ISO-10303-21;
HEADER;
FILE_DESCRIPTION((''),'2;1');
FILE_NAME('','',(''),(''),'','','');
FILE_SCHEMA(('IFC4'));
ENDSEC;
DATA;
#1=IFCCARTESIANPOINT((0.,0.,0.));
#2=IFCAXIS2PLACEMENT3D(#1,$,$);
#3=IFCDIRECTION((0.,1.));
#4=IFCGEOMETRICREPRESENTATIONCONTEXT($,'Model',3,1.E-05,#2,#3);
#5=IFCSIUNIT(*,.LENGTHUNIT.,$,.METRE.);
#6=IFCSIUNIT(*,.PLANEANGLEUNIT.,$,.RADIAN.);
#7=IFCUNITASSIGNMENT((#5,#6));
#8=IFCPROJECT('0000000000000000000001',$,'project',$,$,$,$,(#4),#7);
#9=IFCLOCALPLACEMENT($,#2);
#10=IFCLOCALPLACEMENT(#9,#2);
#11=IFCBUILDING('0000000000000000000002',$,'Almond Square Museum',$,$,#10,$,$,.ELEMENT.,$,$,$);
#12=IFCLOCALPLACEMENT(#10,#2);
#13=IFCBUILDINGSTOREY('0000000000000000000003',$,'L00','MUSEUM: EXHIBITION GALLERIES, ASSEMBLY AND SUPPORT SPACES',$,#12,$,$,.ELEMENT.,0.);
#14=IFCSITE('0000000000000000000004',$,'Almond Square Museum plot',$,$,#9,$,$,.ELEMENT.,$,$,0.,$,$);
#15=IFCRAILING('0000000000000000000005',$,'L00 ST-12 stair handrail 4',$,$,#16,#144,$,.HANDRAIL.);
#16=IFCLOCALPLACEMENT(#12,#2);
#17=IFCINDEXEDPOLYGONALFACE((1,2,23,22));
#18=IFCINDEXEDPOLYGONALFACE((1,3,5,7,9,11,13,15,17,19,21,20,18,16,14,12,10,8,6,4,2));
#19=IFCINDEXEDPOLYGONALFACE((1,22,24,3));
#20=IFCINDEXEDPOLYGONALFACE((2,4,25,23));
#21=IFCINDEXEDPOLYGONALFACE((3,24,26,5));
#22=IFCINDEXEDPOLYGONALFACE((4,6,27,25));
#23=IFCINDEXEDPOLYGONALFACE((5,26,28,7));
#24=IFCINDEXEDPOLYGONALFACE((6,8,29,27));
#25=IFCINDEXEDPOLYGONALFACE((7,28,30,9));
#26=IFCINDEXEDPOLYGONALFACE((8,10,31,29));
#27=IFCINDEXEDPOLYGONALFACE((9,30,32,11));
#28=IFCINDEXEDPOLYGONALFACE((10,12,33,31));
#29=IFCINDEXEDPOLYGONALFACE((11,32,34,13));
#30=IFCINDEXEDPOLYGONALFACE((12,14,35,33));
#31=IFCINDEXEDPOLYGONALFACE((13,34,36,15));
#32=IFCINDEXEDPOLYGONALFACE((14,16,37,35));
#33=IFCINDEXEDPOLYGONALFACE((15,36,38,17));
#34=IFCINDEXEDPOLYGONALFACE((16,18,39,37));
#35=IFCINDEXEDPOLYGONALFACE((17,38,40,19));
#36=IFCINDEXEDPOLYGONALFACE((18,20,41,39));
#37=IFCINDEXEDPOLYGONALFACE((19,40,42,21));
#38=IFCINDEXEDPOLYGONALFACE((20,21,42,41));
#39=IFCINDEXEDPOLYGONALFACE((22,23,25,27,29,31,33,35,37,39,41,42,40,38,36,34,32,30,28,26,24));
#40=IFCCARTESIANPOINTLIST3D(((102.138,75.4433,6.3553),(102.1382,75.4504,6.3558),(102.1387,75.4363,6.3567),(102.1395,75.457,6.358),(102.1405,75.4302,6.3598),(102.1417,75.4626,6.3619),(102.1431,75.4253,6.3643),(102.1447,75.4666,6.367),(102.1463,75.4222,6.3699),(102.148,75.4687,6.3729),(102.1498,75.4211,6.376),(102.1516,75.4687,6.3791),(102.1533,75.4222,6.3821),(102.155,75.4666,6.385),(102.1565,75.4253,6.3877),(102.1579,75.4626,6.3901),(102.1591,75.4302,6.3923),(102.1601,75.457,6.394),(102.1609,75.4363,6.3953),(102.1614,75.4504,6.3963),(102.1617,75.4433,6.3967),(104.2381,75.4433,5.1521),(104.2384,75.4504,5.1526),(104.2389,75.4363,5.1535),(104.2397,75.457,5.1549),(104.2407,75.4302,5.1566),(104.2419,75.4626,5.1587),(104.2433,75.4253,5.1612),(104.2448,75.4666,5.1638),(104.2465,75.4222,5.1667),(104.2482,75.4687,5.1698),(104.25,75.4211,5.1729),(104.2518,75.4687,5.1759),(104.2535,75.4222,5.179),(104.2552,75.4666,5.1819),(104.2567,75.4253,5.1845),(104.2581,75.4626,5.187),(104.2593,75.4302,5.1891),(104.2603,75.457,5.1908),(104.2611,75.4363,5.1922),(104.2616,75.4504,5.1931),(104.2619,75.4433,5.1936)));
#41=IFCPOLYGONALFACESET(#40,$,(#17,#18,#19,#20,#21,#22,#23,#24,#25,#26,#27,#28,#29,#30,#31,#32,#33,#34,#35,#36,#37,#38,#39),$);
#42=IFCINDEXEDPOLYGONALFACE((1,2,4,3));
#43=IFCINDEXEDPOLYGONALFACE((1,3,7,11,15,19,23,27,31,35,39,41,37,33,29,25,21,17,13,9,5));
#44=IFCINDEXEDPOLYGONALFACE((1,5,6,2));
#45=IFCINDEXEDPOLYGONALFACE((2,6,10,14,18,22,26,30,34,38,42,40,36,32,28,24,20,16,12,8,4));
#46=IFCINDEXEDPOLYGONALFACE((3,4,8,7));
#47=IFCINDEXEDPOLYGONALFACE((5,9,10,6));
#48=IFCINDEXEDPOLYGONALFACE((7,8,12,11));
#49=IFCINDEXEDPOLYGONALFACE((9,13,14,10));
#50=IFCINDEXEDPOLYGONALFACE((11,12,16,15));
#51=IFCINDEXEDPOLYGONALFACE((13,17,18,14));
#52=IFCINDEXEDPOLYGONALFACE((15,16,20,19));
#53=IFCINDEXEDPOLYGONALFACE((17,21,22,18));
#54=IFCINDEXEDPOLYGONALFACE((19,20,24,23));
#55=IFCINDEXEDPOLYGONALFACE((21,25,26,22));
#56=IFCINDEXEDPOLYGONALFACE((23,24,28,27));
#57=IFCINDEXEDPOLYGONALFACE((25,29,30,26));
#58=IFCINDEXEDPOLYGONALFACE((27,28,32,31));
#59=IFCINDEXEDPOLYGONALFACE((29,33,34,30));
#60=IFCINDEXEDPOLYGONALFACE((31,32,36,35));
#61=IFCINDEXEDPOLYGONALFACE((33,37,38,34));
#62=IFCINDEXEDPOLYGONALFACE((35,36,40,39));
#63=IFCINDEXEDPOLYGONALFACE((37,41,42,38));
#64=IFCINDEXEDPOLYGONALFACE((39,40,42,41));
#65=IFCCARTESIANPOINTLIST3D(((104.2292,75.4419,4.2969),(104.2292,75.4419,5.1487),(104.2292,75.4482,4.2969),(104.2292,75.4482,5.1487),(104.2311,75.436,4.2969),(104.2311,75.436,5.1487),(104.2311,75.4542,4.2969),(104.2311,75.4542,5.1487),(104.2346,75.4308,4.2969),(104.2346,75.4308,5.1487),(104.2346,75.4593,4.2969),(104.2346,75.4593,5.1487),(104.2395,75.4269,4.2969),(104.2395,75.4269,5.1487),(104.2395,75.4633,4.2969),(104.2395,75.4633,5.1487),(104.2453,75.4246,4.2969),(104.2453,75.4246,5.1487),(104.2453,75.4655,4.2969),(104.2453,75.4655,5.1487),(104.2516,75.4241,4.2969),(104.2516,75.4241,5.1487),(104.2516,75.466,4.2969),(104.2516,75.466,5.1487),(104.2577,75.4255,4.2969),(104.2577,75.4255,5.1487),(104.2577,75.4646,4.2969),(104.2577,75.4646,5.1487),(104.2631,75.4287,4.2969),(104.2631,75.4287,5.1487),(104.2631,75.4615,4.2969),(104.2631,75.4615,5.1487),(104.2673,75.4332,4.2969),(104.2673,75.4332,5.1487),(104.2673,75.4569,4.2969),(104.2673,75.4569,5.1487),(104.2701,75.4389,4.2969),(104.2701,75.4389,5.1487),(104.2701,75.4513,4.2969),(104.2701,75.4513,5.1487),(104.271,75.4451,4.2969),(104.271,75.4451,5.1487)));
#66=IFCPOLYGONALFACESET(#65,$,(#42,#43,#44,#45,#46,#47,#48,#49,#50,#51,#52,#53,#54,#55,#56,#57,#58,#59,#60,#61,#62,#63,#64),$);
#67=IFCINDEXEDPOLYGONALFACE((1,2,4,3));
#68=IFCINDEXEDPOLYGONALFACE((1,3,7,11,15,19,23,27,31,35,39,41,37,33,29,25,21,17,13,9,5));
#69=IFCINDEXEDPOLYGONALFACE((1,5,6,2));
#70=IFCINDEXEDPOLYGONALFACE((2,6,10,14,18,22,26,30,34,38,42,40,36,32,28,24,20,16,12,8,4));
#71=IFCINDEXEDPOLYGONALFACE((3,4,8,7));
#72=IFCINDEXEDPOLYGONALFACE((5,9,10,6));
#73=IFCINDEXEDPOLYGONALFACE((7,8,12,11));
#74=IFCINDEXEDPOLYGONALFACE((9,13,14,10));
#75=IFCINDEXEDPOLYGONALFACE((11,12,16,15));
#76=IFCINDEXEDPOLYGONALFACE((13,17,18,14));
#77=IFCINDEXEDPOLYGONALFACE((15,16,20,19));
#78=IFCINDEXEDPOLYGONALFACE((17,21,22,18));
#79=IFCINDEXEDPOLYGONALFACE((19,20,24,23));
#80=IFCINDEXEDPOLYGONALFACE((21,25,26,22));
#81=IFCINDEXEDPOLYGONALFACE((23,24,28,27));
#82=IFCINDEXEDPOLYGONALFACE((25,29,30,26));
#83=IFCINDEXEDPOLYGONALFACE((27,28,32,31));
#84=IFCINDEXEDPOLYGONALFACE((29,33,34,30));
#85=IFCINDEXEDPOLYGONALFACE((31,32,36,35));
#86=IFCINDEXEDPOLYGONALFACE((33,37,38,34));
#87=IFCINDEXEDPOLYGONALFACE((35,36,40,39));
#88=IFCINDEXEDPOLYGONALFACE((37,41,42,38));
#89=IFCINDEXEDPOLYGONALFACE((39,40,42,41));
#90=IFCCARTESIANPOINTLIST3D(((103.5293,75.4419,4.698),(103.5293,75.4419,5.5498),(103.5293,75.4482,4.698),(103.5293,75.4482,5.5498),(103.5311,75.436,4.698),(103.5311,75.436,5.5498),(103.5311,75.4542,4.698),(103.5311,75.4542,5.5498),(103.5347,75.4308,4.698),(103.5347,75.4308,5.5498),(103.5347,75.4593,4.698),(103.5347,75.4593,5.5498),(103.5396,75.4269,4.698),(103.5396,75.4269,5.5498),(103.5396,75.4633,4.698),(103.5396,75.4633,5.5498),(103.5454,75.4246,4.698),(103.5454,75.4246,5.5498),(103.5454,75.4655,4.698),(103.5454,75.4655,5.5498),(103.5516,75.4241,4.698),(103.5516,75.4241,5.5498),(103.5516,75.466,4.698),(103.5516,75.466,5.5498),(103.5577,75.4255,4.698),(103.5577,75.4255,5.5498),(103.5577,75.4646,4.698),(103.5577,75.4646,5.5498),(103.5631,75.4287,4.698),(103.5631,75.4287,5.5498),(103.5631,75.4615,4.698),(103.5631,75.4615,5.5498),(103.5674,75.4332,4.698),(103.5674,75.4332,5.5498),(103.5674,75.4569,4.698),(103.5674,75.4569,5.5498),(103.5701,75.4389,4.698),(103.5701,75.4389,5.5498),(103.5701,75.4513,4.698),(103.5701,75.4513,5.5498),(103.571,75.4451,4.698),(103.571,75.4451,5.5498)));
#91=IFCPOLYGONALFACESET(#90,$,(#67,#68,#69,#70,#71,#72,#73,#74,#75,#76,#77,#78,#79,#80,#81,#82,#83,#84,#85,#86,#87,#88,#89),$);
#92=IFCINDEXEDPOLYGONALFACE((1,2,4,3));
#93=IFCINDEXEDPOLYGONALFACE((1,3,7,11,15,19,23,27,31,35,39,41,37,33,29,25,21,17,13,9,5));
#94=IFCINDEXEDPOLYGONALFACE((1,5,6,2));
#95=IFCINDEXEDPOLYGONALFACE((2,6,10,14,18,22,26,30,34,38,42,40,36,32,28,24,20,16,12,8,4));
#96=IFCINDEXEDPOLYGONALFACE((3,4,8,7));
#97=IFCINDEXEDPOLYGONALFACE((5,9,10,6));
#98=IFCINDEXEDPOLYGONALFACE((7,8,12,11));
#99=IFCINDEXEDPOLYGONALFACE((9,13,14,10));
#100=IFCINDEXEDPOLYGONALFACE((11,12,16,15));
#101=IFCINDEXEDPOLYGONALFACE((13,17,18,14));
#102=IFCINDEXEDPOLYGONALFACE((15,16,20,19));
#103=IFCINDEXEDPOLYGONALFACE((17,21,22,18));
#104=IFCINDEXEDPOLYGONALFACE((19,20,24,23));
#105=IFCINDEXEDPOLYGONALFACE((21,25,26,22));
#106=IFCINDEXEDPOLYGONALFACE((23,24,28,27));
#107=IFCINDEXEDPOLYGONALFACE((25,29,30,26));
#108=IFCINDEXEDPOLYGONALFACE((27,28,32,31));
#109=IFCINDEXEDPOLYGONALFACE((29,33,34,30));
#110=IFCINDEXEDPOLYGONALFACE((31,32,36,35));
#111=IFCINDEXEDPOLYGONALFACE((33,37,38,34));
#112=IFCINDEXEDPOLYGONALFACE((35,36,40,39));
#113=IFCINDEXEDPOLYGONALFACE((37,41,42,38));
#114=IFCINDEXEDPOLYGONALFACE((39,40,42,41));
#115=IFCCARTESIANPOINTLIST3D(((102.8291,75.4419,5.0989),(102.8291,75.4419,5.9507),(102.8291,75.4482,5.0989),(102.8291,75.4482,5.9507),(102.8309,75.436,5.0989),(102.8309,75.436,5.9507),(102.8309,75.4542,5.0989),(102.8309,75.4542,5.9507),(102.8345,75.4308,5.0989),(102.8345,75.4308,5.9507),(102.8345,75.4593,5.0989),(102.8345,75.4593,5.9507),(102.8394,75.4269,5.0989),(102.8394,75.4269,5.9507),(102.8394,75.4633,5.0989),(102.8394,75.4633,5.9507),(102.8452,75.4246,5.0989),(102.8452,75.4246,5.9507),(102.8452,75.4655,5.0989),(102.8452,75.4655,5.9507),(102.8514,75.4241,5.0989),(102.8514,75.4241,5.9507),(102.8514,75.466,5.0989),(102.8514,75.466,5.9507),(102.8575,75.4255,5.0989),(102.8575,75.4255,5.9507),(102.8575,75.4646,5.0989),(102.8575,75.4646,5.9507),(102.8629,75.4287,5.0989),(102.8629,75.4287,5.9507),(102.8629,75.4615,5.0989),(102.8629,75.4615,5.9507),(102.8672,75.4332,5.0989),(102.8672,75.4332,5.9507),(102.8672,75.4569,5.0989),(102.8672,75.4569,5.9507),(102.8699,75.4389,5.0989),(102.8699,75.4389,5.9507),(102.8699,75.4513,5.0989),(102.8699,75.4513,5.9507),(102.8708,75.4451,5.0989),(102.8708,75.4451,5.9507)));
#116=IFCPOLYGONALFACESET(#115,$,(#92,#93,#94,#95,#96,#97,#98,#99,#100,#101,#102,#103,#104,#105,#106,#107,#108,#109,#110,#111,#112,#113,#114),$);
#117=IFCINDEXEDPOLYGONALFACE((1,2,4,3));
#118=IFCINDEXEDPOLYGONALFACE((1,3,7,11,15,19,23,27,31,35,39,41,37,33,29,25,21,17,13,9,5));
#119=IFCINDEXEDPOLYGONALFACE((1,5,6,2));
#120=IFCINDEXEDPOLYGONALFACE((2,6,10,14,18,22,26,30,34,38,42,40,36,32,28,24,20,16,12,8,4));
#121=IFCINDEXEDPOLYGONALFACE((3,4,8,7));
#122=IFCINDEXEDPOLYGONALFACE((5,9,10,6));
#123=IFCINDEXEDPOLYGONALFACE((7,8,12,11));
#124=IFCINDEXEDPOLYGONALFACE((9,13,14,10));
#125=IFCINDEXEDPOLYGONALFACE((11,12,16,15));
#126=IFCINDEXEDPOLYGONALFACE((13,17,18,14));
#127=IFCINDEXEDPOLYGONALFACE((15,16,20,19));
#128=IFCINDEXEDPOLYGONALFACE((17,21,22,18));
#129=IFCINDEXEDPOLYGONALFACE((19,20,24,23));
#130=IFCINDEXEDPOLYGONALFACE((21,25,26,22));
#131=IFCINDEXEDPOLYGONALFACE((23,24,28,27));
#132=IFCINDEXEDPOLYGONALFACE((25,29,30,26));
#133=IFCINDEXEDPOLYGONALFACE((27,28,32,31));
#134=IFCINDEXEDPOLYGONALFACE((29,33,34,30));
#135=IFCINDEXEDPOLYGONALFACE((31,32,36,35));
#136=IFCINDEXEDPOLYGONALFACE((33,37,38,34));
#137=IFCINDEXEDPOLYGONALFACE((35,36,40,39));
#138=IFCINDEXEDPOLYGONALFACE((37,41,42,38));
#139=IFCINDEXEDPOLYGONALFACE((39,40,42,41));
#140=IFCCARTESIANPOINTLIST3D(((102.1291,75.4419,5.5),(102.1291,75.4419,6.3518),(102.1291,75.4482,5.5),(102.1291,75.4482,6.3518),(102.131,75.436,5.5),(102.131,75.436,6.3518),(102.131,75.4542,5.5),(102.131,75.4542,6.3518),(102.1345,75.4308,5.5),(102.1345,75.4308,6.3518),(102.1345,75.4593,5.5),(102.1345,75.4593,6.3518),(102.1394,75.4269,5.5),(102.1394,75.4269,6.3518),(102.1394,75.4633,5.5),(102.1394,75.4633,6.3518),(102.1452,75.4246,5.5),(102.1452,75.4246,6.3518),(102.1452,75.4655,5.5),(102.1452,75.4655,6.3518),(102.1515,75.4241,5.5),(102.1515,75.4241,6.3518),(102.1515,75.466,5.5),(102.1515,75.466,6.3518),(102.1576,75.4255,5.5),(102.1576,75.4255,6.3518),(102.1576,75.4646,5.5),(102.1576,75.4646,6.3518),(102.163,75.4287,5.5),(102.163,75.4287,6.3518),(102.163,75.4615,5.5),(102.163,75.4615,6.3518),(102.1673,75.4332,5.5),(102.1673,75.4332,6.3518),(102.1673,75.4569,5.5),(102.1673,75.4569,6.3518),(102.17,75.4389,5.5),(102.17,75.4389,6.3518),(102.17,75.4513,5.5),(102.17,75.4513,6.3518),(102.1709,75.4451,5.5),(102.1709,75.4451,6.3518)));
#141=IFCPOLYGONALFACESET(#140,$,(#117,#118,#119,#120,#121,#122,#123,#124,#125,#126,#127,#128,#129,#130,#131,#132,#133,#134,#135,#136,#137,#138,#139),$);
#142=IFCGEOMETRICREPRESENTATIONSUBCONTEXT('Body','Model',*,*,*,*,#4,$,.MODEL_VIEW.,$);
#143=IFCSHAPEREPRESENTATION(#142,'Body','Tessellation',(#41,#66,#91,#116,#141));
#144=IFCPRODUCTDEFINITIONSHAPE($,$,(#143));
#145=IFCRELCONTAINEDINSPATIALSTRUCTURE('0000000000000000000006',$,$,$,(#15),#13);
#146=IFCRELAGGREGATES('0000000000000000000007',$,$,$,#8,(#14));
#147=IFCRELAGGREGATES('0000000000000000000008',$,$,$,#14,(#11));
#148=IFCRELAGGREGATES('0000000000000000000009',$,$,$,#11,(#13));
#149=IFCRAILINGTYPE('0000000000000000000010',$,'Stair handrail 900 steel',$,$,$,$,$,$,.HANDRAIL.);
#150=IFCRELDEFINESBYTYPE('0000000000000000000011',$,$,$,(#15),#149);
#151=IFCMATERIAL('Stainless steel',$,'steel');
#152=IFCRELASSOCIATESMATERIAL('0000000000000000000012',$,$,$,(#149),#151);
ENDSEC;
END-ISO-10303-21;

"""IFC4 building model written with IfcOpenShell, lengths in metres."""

from ifc_helpers import new_model, si_unit, direction, frame, origin, origin_2d, place, context, subcontext, project, spatial, circle, extrude, material, type_object, element, save


model = new_model("IFC4")

# Units and contexts
model_context = context("Model", 3, precision=1e-05, world=origin(), true_north=direction((0.0, 1.0)))
body_context = subcontext(model_context, "Body", "Model", "MODEL_VIEW")
ifc_project = project(units=[si_unit("LENGTHUNIT", "METRE"), si_unit("PLANEANGLEUNIT", "RADIAN")], contexts=[model_context])

# Site, building, storey
site_placement = place(None, origin())
site = spatial("IfcSite", under=ifc_project, at=site_placement, Name="Almond Square Museum plot", CompositionType="ELEMENT", RefElevation=0.0)
building_placement = place(site_placement, origin())
building = spatial("IfcBuilding", under=site, at=building_placement, Name="Almond Square Museum", CompositionType="ELEMENT")
storey_placement = place(building_placement, origin())
storey = spatial("IfcBuildingStorey", under=building, at=storey_placement, Name="L00", Description="MUSEUM: EXHIBITION GALLERIES, ASSEMBLY AND SUPPORT SPACES", CompositionType="ELEMENT", Elevation=0.0)

# Railing
ifc_material_1 = material(Name="Stainless steel", Category="steel")
railing_type_1 = type_object("IfcRailingType", Name="Stair handrail 900 steel", PredefinedType="HANDRAIL", material=ifc_material_1)
for number, where, name in (
    (1, (104.25, 75.4451, 4.2969), "L00 ST-12 stair handrail 4"),
):
    element("IfcRailing", number, at=place(storey_placement, frame(where)), inside=storey, type_object=railing_type_1, Name=name, PredefinedType="HANDRAIL", context=body_context, shape_type="SweptSolid", body=[
        extrude(circle(Radius=0.0239, at=origin_2d()), frame((0.0, 0.0, 0.876), z_axis=(-0.867696, 0.0, 0.497095), x_axis=(0.0, -1.0, 0.0)), (0.0, 0.0, 1.0), 2.4204),
        extrude(circle(Radius=0.021, at=origin_2d()), origin(), (0.0, 0.0, 1.0), 0.8518),
        extrude(circle(Radius=0.021, at=origin_2d()), frame((-0.7, 0.0, 0.4011)), (0.0, 0.0, 1.0), 0.8518),
        extrude(circle(Radius=0.021, at=origin_2d()), frame((-1.4001, 0.0, 0.802)), (0.0, 0.0, 1.0), 0.8518),
        extrude(circle(Radius=0.021, at=origin_2d()), frame((-2.1001, 0.0, 1.2031)), (0.0, 0.0, 1.0), 0.8518),
    ])

save(model, "model.ifc")
